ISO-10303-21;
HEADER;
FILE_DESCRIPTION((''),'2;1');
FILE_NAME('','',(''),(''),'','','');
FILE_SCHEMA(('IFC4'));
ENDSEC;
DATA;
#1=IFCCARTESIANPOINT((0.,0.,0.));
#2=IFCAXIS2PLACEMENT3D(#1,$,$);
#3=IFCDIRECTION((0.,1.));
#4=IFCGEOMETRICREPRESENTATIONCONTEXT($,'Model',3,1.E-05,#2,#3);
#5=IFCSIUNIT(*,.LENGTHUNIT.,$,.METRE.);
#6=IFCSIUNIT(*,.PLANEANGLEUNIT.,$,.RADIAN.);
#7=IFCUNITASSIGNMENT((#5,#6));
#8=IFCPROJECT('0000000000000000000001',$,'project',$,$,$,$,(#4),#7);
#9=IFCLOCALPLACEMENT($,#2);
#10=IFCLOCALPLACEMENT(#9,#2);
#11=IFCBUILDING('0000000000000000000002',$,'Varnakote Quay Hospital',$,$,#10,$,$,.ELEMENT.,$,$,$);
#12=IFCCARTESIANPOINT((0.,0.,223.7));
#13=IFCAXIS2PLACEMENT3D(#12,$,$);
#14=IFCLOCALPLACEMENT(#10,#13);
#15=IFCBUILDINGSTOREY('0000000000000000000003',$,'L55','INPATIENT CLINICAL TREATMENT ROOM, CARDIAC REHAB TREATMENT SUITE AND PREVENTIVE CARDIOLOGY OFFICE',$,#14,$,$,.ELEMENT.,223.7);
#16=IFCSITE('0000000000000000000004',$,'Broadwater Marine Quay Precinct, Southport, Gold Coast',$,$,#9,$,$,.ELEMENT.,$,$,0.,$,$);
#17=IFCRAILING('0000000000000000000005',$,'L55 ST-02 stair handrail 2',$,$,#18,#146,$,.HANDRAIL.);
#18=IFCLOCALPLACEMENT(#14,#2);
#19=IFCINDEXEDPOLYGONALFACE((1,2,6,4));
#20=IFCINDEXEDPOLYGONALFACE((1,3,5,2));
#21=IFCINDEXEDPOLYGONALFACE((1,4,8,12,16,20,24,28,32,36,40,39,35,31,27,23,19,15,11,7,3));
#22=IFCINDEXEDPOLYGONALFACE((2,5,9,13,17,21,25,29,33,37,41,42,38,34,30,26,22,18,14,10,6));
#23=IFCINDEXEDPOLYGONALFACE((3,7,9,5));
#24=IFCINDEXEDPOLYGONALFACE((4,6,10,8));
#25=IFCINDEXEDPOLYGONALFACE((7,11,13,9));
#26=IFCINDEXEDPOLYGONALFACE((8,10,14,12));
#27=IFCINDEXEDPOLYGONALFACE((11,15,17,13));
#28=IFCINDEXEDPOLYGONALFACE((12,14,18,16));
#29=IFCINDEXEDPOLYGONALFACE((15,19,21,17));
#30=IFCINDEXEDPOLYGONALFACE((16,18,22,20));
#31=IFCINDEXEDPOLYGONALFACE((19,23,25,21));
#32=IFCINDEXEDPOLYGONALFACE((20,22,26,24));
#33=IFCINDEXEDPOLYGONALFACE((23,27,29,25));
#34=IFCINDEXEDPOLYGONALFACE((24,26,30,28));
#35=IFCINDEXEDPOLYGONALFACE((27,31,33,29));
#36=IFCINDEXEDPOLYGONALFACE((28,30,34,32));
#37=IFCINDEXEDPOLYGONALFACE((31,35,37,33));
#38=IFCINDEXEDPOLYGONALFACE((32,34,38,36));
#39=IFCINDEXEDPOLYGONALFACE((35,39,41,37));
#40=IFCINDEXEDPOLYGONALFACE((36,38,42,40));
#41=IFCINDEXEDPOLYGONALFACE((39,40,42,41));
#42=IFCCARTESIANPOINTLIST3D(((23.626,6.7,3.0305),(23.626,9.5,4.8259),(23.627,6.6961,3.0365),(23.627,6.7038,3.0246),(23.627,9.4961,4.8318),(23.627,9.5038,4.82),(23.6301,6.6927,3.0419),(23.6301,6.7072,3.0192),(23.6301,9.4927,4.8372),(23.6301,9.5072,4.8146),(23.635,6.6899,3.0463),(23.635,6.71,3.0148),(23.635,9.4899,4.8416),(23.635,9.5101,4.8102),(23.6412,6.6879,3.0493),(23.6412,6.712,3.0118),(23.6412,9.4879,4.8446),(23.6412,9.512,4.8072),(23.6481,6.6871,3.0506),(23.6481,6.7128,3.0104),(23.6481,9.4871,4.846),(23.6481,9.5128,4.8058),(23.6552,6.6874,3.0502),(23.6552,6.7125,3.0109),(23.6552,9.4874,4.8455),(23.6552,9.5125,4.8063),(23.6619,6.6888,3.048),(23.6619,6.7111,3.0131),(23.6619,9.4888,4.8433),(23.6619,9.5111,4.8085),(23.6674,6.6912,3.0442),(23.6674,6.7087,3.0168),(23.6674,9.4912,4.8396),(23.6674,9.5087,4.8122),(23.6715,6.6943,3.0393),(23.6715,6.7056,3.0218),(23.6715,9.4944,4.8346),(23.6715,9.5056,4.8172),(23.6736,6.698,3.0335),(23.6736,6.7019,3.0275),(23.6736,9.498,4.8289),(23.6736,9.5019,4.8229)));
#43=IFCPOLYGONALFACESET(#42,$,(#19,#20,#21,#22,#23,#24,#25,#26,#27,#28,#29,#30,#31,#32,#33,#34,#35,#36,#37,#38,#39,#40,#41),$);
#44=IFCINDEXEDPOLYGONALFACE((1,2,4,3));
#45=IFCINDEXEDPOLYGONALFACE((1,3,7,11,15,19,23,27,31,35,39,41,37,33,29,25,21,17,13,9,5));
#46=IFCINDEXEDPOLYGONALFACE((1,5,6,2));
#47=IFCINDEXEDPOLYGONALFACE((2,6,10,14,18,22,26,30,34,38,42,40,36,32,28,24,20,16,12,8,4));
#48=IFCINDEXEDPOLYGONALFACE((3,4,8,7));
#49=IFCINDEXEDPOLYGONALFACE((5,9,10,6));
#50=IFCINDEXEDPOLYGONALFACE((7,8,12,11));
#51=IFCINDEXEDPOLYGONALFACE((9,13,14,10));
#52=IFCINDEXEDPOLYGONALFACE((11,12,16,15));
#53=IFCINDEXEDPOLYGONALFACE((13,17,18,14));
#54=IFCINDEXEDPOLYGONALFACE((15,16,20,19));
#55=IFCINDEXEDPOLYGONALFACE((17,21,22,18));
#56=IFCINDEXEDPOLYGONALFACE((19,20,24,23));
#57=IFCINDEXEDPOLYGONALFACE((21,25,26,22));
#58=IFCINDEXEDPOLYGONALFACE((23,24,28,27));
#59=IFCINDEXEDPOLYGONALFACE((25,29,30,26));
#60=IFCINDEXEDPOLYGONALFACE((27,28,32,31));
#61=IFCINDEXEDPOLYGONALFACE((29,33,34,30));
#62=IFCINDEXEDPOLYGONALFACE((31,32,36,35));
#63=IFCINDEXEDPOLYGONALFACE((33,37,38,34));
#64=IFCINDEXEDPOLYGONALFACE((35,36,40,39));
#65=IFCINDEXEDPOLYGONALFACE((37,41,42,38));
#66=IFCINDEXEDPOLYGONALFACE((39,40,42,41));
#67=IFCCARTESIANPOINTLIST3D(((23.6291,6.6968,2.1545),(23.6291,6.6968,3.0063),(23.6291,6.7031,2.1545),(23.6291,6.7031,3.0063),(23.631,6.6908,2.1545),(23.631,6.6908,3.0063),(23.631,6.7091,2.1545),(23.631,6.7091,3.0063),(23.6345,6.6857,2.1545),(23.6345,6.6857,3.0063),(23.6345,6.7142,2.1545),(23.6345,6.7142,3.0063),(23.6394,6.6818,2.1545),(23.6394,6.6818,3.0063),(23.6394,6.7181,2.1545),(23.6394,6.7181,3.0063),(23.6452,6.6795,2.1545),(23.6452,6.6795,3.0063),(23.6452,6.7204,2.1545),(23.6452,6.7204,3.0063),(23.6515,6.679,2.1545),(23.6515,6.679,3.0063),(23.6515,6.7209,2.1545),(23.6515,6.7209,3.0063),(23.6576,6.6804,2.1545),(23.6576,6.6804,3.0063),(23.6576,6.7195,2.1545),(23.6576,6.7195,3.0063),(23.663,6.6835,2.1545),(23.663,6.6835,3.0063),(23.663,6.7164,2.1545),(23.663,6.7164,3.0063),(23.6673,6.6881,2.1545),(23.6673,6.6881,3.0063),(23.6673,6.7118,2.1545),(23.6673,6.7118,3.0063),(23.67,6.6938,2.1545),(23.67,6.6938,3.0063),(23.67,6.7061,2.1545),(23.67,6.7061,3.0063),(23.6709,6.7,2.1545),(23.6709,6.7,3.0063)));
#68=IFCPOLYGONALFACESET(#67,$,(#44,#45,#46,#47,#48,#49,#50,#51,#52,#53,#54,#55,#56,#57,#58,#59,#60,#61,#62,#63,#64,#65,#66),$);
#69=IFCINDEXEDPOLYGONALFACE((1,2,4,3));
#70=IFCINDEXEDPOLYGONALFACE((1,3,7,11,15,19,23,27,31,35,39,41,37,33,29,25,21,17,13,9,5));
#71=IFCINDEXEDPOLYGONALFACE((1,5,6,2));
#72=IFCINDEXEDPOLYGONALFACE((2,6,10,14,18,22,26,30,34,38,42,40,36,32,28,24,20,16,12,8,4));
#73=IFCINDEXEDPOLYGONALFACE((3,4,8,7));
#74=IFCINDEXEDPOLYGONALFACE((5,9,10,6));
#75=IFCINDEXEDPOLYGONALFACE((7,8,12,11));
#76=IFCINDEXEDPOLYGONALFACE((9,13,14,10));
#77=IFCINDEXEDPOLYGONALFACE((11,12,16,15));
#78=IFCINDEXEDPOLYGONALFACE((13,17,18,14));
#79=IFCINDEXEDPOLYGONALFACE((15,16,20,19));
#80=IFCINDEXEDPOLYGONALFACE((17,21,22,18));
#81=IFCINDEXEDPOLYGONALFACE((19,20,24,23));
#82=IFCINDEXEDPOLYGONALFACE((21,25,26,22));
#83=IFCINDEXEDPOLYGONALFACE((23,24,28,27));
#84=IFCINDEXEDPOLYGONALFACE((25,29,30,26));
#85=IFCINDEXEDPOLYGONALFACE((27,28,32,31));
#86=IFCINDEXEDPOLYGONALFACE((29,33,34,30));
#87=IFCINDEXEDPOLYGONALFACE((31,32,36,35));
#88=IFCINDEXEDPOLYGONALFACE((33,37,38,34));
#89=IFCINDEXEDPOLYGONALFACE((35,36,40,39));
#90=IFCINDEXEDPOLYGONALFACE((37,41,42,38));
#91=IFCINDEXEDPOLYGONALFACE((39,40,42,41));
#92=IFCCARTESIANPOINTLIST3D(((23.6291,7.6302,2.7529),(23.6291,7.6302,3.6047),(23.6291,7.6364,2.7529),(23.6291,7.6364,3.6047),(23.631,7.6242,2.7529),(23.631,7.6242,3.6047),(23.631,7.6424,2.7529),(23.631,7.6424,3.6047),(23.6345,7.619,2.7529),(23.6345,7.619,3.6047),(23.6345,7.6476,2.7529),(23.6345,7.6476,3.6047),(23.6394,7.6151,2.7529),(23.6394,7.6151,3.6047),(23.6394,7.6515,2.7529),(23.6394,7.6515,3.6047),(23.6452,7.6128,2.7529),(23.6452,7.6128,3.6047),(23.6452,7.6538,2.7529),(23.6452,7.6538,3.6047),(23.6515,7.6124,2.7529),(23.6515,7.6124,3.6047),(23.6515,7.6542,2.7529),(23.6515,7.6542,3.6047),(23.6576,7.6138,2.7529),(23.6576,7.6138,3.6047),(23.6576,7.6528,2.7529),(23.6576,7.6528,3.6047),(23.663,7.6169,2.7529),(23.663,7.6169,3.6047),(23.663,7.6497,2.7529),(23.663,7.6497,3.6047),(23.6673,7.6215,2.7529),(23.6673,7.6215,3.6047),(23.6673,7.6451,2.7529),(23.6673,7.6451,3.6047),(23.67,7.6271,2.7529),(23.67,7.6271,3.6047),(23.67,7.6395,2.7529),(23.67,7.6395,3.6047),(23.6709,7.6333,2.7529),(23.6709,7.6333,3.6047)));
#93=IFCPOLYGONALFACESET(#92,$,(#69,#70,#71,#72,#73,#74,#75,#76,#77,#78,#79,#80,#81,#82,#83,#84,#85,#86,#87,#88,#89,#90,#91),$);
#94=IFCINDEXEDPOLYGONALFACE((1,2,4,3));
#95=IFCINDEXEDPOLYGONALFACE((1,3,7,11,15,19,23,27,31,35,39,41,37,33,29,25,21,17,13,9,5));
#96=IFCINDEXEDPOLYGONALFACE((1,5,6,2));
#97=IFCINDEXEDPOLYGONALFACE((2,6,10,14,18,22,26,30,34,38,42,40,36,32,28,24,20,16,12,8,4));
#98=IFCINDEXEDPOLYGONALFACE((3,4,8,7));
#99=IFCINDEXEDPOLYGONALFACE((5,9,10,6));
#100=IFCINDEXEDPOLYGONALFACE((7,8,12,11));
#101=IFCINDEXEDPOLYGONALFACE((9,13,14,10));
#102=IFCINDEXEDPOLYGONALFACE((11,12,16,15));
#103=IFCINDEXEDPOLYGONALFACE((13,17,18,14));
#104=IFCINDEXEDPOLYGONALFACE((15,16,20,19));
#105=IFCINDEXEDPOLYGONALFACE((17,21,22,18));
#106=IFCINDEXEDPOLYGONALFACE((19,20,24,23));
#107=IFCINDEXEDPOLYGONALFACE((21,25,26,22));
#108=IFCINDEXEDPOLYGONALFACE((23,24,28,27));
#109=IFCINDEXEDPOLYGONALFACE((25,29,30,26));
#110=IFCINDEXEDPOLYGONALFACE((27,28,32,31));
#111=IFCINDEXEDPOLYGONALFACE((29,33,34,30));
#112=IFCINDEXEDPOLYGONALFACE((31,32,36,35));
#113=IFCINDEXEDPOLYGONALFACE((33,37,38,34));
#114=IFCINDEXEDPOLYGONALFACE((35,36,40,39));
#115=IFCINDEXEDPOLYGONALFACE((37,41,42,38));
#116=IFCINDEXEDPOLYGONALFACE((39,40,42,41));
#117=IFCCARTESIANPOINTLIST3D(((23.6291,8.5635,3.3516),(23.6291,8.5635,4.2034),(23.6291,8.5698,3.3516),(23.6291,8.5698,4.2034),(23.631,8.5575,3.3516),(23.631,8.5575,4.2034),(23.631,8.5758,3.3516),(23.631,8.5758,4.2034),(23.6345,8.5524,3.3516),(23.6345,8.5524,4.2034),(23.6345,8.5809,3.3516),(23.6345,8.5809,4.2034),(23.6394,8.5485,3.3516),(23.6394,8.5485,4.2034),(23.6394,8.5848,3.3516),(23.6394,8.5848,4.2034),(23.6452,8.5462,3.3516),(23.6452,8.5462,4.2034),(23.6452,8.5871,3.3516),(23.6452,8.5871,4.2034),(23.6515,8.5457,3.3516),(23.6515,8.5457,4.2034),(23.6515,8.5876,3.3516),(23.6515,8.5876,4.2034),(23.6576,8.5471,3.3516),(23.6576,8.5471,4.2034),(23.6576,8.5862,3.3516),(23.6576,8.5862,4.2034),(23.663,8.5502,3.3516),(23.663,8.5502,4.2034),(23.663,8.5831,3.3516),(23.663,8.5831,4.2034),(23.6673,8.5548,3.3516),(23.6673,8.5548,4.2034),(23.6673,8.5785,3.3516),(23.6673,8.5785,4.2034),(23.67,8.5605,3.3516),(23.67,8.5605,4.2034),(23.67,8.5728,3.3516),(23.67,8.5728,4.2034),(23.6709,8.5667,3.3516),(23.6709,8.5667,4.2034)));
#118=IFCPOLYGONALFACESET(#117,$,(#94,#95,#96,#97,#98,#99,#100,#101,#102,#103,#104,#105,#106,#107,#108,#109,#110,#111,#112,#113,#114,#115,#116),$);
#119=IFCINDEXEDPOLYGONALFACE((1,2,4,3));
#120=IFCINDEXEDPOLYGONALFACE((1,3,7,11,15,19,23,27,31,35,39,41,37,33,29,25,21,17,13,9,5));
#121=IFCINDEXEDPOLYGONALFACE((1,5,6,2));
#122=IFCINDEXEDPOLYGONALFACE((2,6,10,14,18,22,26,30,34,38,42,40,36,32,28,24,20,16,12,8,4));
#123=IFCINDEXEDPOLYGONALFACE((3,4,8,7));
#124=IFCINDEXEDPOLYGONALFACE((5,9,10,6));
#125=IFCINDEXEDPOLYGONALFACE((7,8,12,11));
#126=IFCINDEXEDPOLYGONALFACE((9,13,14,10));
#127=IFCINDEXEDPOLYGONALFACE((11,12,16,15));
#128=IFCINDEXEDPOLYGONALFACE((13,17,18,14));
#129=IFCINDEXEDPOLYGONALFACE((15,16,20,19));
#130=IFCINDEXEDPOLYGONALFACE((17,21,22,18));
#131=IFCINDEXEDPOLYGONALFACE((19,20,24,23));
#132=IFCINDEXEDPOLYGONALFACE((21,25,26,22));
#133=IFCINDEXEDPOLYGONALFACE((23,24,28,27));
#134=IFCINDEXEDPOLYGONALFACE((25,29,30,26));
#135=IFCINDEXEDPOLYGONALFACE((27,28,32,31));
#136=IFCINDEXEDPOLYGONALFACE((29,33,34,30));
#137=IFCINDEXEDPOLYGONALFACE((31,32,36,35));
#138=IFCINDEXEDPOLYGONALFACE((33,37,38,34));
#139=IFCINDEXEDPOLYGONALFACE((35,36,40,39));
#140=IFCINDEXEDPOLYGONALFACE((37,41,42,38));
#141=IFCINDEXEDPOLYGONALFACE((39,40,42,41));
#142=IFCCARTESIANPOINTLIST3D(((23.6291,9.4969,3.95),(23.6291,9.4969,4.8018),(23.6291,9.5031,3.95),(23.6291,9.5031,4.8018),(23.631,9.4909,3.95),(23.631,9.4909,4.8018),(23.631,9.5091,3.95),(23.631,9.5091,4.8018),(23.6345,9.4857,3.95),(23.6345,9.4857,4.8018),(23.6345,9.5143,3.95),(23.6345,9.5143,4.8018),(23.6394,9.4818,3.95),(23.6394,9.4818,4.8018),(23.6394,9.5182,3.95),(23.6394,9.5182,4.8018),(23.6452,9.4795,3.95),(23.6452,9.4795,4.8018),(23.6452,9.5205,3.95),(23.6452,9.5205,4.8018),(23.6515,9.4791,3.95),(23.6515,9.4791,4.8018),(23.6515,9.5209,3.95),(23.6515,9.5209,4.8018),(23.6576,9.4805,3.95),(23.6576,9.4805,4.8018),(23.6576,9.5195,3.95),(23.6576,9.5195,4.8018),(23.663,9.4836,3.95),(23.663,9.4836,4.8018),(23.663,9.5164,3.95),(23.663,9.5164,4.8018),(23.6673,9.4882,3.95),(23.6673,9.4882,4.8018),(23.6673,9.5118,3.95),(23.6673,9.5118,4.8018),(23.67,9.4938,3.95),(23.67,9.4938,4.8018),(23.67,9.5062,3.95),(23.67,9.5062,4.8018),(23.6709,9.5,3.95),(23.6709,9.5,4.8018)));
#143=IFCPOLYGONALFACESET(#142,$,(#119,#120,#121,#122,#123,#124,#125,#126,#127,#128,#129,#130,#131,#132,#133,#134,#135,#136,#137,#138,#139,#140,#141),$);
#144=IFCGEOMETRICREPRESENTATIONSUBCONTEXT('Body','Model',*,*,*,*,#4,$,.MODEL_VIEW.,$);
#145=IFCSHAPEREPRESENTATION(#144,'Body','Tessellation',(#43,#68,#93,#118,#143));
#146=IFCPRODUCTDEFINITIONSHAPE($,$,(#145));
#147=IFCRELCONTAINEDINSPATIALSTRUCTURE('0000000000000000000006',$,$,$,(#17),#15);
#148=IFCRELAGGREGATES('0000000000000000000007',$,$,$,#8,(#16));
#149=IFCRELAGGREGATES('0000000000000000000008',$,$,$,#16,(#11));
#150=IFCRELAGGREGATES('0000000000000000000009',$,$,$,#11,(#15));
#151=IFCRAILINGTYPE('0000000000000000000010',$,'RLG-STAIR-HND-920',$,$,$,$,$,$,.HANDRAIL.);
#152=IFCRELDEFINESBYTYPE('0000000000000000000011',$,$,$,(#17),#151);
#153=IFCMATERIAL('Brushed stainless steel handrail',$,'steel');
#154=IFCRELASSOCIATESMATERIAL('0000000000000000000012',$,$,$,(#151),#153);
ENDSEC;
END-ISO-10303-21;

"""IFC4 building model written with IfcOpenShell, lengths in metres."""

from ifc_helpers import new_model, si_unit, direction, frame, origin, origin_2d, place, context, subcontext, project, spatial, circle, extrude, material, type_object, element, save


model = new_model("IFC4")

# Units and contexts
model_context = context("Model", 3, precision=1e-05, world=origin(), true_north=direction((0.0, 1.0)))
body_context = subcontext(model_context, "Body", "Model", "MODEL_VIEW")
ifc_project = project(units=[si_unit("LENGTHUNIT", "METRE"), si_unit("PLANEANGLEUNIT", "RADIAN")], contexts=[model_context])

# Site, building, storey
site_placement = place(None, origin())
site = spatial("IfcSite", under=ifc_project, at=site_placement, Name="Broadwater Marine Quay Precinct, Southport, Gold Coast", CompositionType="ELEMENT", RefElevation=0.0)
building_placement = place(site_placement, origin())
building = spatial("IfcBuilding", under=site, at=building_placement, Name="Varnakote Quay Hospital", CompositionType="ELEMENT")
storey_placement = place(building_placement, frame((0.0, 0.0, 223.7)))
storey = spatial("IfcBuildingStorey", under=building, at=storey_placement, Name="L55", Description="INPATIENT CLINICAL TREATMENT ROOM, CARDIAC REHAB TREATMENT SUITE AND PREVENTIVE CARDIOLOGY OFFICE", CompositionType="ELEMENT", Elevation=223.7)

# Railing
ifc_material_1 = material(Name="Brushed stainless steel handrail", Category="steel")
railing_type_1 = type_object("IfcRailingType", Name="RLG-STAIR-HND-920", PredefinedType="HANDRAIL", material=ifc_material_1)
railing_1_placement = place(storey_placement, frame((23.6499, 6.7, 2.1545)))
element("IfcRailing", 1, at=railing_1_placement, inside=storey, type_object=railing_type_1, Name="L55 ST-02 stair handrail 2", PredefinedType="HANDRAIL", context=body_context, shape_type="SweptSolid", body=[
    extrude(circle(Radius=0.0239, at=origin_2d()), frame((0.0, 0.0, 0.876), z_axis=(0.0, 0.84181, 0.539774), x_axis=(-1.0, 0.0, 0.0)), (0.0, 0.0, 1.0), 3.3262),
    extrude(circle(Radius=0.021, at=origin_2d()), origin(), (0.0, 0.0, 1.0), 0.8518),
    extrude(circle(Radius=0.021, at=origin_2d()), frame((0.0, 0.9333, 0.5984)), (0.0, 0.0, 1.0), 0.8518),
    extrude(circle(Radius=0.021, at=origin_2d()), frame((0.0, 1.8667, 1.197)), (0.0, 0.0, 1.0), 0.8518),
    extrude(circle(Radius=0.021, at=origin_2d()), frame((0.0, 2.8, 1.7954)), (0.0, 0.0, 1.0), 0.8518),
])

save(model, "model.ifc")
